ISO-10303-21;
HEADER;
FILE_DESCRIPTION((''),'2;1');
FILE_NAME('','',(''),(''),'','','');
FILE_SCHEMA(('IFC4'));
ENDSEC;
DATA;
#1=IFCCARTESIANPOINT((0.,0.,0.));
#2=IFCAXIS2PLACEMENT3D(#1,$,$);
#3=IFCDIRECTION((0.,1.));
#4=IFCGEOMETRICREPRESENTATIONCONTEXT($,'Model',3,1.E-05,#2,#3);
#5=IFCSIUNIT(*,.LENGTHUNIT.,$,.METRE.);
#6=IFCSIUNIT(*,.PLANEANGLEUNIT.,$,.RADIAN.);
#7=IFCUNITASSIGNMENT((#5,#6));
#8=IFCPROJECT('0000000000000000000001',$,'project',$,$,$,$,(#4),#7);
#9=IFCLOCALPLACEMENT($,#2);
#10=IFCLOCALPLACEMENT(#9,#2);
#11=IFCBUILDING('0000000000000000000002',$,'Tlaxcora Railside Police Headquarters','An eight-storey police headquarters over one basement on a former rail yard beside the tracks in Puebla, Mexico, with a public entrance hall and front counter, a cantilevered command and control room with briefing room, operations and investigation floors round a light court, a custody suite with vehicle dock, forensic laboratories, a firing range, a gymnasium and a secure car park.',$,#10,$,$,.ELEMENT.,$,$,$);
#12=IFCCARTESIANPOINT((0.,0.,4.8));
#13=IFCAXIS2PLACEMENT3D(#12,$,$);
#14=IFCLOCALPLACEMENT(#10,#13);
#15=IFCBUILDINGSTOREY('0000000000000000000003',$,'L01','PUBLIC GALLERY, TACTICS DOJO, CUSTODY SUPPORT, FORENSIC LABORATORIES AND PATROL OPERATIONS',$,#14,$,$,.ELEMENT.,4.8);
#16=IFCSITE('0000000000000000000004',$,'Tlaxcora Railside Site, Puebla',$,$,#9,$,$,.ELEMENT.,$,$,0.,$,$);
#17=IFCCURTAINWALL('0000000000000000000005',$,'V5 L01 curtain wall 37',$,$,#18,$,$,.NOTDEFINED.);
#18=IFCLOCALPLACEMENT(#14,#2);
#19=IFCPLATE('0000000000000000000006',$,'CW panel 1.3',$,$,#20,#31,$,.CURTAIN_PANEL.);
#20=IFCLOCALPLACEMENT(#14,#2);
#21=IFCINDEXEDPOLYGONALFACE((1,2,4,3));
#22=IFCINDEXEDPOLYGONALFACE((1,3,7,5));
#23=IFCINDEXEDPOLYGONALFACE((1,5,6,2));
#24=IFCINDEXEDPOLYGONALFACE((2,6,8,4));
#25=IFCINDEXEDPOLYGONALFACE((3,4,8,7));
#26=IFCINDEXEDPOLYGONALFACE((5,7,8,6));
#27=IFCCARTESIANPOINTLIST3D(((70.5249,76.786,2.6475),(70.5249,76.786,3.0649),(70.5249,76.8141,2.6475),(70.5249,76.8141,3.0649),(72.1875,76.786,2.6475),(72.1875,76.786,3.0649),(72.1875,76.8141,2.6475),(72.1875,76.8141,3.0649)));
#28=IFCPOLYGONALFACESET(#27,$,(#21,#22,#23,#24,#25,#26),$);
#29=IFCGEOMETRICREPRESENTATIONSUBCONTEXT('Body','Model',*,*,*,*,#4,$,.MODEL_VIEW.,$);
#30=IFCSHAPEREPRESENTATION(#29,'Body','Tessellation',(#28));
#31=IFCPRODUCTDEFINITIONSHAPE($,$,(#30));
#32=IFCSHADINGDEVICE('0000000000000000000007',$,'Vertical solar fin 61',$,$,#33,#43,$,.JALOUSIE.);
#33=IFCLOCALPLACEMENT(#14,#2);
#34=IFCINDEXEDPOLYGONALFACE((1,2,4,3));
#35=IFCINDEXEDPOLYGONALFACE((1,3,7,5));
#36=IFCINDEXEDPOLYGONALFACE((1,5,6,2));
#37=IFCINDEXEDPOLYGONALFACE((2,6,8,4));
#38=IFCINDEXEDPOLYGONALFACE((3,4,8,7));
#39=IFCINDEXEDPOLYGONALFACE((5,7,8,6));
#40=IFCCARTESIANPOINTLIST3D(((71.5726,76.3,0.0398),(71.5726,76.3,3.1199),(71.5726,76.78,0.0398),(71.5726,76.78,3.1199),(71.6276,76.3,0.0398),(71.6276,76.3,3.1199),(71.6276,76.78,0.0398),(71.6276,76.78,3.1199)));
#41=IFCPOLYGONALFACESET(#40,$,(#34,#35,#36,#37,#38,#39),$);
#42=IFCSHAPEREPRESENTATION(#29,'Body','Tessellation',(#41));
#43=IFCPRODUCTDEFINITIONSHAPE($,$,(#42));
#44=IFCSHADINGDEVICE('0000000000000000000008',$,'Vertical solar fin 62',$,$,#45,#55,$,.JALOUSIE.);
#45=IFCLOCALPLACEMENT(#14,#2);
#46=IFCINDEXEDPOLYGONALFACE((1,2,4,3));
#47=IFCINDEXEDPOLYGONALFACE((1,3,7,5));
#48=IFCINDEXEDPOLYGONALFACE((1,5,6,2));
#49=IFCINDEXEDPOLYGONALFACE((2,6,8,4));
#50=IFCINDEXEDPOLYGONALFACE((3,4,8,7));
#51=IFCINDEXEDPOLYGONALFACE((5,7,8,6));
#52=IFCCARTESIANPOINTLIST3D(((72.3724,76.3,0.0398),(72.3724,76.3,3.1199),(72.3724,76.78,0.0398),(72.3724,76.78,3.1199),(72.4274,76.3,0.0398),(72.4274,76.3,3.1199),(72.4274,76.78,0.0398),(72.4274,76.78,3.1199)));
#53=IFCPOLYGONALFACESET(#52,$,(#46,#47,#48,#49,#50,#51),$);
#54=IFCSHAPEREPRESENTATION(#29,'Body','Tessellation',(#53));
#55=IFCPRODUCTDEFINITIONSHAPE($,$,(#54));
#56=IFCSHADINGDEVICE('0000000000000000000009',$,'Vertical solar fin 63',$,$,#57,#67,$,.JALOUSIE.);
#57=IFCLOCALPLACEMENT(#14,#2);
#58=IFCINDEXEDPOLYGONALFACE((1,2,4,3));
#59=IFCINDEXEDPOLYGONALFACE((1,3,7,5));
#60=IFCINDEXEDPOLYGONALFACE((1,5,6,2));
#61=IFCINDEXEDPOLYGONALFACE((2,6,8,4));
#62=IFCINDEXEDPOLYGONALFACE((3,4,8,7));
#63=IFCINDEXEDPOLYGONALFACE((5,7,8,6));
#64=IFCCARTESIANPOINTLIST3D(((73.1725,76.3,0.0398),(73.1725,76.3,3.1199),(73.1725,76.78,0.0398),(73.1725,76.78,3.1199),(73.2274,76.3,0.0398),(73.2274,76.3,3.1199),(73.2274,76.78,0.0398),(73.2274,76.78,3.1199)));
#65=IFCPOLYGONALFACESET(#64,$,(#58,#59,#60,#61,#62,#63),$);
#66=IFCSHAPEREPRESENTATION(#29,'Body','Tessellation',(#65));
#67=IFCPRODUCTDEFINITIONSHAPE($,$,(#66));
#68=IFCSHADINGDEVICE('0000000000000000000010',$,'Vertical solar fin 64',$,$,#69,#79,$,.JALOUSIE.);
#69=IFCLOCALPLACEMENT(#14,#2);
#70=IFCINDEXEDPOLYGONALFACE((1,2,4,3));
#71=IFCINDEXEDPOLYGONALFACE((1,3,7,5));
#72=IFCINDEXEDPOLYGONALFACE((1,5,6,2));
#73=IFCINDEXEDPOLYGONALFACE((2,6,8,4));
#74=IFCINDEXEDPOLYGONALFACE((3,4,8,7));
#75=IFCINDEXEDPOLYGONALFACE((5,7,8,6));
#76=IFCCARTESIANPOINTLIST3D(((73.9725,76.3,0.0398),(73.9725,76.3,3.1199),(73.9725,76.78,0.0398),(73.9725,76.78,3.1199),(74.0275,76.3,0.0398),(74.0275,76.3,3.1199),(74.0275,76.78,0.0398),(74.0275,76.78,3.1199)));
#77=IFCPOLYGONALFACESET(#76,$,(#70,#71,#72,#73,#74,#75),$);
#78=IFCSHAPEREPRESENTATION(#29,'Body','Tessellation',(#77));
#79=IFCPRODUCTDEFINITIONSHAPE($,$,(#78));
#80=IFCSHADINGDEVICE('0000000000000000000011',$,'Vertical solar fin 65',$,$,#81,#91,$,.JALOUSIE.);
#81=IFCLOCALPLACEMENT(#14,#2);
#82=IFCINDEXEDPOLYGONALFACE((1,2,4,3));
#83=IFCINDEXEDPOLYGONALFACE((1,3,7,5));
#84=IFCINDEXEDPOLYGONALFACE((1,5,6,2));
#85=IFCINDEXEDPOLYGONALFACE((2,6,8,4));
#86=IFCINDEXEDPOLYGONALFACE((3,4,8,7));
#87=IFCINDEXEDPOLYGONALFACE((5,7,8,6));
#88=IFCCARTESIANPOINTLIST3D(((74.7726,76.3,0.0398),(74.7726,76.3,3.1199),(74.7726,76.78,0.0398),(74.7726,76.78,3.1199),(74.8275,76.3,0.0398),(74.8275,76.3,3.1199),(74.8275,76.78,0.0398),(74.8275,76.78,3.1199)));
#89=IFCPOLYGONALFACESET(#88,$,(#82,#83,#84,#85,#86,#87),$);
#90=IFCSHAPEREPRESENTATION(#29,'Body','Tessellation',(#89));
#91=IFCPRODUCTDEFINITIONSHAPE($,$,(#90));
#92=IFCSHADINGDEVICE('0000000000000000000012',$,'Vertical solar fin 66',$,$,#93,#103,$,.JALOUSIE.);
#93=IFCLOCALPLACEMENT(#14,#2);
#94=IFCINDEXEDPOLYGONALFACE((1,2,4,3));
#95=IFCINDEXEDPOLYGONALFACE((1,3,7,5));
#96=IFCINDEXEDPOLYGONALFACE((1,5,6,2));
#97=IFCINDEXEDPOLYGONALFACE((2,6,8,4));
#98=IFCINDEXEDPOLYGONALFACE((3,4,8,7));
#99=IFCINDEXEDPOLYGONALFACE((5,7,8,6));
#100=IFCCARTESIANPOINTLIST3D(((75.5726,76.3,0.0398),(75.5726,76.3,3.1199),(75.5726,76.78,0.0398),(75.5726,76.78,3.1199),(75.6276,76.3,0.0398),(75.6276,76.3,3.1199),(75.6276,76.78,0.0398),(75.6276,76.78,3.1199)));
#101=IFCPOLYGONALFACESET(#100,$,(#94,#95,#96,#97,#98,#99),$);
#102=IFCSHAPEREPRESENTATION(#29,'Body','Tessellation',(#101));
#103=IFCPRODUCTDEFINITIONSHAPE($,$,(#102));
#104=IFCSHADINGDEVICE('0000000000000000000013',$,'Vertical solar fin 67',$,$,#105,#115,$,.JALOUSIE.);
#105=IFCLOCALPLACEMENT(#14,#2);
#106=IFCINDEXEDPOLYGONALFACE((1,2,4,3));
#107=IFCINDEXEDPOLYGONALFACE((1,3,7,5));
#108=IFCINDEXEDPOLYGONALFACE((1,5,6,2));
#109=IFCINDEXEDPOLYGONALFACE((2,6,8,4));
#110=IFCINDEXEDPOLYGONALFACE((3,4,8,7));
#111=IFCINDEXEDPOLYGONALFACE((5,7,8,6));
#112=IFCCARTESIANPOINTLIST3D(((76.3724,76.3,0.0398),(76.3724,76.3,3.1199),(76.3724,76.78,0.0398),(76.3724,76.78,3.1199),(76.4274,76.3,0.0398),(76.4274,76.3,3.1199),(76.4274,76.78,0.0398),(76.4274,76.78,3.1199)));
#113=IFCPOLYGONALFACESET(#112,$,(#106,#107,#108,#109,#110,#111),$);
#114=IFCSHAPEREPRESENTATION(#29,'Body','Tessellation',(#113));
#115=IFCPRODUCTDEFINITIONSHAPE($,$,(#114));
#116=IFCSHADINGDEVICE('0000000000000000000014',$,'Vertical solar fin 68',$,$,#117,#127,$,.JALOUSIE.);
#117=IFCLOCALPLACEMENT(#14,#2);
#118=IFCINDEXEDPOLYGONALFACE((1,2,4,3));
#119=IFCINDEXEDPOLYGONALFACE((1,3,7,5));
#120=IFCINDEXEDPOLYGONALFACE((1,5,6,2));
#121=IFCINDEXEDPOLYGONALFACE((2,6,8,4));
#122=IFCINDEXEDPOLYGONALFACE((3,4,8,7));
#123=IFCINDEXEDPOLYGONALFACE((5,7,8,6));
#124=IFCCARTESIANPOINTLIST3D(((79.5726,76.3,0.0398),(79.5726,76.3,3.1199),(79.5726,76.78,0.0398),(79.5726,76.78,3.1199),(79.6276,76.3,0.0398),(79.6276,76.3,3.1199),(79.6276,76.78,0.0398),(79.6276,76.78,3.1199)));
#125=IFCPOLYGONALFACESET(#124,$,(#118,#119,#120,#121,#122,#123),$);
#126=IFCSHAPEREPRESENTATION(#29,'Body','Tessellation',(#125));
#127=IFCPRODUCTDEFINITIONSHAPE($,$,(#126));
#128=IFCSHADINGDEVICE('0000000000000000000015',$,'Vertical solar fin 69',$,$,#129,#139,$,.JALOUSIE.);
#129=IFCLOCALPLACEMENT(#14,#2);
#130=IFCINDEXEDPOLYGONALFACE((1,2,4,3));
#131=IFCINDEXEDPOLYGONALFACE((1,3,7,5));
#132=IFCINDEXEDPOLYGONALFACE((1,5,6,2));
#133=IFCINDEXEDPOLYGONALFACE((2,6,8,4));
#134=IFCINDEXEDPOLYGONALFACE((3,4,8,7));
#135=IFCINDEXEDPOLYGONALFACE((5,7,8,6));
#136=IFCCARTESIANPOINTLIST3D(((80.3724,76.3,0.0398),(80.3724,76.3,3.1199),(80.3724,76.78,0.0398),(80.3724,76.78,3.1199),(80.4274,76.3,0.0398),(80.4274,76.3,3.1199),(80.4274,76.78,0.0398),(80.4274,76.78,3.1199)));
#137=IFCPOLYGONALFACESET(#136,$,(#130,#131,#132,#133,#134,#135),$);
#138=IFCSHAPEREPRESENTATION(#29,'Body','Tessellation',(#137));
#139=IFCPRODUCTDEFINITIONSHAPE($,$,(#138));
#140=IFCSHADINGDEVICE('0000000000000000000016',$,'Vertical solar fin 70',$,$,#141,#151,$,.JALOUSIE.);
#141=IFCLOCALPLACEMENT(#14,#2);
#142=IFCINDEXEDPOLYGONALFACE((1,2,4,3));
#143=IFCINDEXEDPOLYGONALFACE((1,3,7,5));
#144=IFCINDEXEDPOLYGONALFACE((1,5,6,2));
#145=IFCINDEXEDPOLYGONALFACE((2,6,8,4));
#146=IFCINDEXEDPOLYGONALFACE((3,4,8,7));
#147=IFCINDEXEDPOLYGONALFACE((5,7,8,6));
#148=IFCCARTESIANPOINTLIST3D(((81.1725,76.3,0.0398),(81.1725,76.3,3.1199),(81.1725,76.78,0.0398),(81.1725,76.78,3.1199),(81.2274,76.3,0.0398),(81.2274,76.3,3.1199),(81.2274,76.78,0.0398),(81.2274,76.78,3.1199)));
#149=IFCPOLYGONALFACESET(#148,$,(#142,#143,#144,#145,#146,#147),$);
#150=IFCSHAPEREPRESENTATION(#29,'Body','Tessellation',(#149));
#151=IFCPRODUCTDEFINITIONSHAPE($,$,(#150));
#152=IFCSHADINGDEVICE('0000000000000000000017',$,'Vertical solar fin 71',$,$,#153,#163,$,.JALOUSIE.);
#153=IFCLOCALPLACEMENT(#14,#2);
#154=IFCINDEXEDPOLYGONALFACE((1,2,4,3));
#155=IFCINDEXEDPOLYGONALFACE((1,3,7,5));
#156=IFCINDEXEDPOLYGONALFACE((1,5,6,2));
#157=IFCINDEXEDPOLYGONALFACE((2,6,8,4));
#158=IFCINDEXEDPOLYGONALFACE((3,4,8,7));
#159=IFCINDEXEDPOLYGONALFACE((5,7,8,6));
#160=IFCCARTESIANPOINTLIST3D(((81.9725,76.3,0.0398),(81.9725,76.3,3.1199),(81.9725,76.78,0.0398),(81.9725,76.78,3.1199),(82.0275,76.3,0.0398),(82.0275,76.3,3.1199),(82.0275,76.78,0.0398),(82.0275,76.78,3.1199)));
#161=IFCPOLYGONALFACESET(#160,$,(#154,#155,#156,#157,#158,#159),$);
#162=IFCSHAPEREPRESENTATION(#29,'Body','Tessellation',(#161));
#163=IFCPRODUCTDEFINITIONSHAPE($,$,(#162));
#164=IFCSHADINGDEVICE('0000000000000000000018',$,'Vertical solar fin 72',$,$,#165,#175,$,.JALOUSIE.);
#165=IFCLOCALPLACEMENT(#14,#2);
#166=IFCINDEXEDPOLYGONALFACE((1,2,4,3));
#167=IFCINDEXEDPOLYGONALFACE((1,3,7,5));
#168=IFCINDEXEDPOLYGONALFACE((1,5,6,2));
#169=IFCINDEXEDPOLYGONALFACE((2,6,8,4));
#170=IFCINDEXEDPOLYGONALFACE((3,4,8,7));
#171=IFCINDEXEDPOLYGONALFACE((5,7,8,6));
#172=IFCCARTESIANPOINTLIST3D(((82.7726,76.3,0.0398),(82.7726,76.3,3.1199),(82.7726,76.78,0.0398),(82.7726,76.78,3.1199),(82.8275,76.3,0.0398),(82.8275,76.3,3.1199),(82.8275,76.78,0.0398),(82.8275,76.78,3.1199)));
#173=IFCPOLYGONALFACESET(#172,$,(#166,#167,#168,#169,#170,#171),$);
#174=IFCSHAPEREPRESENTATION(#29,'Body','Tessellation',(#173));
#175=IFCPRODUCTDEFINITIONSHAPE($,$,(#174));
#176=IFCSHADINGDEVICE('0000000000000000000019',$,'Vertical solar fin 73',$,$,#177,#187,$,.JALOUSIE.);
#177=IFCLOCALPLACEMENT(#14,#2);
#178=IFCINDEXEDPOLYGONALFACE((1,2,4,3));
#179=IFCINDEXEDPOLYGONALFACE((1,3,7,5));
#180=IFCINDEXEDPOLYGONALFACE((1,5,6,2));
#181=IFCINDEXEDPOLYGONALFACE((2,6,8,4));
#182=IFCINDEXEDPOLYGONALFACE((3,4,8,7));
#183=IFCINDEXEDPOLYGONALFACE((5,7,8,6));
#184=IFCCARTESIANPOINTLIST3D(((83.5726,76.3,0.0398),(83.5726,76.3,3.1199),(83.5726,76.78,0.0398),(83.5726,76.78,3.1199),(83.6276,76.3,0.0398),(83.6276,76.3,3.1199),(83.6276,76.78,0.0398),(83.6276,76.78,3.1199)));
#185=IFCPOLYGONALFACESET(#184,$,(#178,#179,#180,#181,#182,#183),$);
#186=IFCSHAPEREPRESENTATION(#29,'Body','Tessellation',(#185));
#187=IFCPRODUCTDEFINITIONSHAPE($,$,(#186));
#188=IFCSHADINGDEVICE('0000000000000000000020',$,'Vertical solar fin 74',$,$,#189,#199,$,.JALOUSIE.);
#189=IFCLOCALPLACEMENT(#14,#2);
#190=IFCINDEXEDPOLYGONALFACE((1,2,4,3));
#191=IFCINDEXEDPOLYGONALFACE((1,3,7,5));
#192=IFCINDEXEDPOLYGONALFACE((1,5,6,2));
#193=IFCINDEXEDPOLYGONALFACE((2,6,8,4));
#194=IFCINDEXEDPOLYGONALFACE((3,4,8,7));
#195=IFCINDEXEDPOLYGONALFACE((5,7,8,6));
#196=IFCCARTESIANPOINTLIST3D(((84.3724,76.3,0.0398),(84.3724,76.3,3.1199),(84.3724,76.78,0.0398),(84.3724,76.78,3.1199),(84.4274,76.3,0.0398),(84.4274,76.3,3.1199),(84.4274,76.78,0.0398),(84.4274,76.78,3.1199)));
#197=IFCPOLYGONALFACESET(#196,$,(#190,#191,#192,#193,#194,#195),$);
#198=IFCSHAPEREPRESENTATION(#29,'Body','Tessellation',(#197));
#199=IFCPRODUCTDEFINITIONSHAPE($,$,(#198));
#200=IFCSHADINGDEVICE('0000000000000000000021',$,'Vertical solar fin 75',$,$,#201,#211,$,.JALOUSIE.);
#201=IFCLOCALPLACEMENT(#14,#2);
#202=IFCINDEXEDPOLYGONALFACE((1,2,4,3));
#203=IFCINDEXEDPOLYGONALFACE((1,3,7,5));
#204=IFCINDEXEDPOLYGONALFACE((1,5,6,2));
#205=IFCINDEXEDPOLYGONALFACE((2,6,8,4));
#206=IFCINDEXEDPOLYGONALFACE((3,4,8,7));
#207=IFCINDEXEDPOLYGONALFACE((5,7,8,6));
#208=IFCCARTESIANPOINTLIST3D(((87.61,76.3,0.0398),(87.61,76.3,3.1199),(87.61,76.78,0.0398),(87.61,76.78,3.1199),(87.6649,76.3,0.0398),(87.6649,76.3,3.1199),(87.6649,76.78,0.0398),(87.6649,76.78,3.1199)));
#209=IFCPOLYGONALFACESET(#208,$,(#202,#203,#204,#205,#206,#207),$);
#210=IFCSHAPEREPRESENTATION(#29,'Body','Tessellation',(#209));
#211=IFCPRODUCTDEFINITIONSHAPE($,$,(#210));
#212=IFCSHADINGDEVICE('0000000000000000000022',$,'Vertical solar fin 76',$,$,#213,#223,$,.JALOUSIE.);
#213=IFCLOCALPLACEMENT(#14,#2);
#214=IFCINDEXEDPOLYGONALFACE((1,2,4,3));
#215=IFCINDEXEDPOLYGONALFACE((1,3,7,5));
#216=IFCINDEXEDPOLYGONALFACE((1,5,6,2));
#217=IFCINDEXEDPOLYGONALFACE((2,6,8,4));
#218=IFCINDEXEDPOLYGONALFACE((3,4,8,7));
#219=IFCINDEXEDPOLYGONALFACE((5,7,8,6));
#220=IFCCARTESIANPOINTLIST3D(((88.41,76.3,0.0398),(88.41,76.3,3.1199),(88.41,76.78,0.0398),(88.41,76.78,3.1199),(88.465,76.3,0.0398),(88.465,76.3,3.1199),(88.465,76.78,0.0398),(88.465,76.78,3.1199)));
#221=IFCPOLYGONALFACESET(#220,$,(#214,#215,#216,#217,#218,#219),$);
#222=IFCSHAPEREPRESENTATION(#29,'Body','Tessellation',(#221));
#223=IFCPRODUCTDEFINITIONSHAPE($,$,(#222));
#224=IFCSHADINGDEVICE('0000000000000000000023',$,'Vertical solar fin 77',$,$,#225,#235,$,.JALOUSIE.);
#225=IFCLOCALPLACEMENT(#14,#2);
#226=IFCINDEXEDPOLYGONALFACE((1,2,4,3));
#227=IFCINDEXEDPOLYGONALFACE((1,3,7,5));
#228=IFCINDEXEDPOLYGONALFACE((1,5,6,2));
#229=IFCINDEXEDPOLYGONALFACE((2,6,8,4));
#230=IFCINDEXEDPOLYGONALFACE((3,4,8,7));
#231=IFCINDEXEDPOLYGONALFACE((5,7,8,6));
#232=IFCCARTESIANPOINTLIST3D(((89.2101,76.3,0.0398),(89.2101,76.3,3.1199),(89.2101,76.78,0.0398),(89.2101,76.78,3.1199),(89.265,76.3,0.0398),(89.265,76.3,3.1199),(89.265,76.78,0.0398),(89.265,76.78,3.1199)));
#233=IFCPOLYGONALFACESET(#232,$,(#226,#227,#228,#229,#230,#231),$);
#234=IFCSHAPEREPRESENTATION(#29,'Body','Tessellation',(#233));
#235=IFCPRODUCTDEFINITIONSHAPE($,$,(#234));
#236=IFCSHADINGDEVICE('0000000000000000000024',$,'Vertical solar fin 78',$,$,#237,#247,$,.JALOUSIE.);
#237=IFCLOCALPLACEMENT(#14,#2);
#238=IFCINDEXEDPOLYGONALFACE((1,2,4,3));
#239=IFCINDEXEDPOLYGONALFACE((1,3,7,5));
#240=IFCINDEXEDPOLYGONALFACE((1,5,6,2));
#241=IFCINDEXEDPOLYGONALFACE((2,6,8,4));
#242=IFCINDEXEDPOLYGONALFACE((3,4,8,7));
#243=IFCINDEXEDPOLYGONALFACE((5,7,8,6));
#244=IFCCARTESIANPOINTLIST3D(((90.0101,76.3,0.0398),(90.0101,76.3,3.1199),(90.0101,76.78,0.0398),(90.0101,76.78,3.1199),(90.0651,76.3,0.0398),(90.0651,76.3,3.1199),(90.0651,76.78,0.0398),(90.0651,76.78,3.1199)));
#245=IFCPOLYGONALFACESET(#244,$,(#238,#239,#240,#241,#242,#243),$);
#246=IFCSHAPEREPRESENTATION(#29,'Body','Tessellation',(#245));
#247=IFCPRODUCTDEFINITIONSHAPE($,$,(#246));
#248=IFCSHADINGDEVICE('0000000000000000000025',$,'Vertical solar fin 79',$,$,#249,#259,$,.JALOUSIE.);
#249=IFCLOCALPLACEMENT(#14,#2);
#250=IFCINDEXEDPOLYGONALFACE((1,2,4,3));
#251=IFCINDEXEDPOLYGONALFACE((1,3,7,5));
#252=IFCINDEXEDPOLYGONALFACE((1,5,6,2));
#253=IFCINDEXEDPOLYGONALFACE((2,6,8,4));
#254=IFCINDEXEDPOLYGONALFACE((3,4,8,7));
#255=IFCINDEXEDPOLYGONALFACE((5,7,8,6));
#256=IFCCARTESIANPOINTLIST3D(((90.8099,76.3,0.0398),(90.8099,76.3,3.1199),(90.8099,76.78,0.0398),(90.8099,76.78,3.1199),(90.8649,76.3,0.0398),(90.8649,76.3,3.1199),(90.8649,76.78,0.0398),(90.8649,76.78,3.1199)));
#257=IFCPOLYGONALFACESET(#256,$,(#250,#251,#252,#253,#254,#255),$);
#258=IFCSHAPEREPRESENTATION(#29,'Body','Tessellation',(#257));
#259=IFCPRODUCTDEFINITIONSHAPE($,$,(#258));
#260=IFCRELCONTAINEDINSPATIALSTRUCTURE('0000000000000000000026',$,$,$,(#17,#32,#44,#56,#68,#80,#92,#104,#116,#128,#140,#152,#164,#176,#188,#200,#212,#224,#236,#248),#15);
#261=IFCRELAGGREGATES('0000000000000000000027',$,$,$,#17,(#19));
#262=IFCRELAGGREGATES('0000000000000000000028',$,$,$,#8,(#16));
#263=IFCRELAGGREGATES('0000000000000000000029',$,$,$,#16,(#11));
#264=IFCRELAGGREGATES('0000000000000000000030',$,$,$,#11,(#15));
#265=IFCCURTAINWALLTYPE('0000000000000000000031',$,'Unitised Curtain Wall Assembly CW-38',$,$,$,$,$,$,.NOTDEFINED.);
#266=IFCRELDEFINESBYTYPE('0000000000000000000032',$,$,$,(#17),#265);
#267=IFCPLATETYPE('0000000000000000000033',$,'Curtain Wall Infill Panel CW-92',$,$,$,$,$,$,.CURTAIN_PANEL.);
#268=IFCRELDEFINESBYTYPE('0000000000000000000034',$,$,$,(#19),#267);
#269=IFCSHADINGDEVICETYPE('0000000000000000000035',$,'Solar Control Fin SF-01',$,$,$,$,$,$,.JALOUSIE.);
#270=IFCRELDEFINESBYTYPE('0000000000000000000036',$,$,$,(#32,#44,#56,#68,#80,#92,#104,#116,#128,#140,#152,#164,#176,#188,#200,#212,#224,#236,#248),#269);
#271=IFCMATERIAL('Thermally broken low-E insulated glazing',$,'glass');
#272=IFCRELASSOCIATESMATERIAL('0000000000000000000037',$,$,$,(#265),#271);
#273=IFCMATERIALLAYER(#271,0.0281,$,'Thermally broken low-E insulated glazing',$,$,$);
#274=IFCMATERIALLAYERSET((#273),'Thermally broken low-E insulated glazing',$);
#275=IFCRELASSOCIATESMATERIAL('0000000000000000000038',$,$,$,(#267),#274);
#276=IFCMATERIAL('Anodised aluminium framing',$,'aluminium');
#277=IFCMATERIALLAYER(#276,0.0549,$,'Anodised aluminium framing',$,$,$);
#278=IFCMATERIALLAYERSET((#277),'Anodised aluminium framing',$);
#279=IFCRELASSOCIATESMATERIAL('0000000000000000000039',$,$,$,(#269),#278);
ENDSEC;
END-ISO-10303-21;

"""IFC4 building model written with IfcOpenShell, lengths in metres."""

from ifc_helpers import new_model, si_unit, direction, frame, origin, origin_2d, place, context, subcontext, project, spatial, rectangle, extrude, material, layer, layer_set, type_object, element, aggregate, save


model = new_model("IFC4")

# Units and contexts
model_context = context("Model", 3, precision=1e-05, world=origin(), true_north=direction((0.0, 1.0)))
body_context = subcontext(model_context, "Body", "Model", "MODEL_VIEW")
ifc_project = project(units=[si_unit("LENGTHUNIT", "METRE"), si_unit("PLANEANGLEUNIT", "RADIAN")], contexts=[model_context])

# Site, building, storey
site_placement = place(None, origin())
site = spatial("IfcSite", under=ifc_project, at=site_placement, Name="Tlaxcora Railside Site, Puebla", CompositionType="ELEMENT", RefElevation=0.0)
building_placement = place(site_placement, origin())
building = spatial("IfcBuilding", under=site, at=building_placement, Name="Tlaxcora Railside Police Headquarters", Description="An eight-storey police headquarters over one basement on a former rail yard beside the tracks in Puebla, Mexico, with a public entrance hall and front counter, a cantilevered command and control room with briefing room, operations and investigation floors round a light court, a custody suite with vehicle dock, forensic laboratories, a firing range, a gymnasium and a secure car park.", CompositionType="ELEMENT")
storey_placement = place(building_placement, frame((0.0, 0.0, 4.8)))
storey = spatial("IfcBuildingStorey", under=building, at=storey_placement, Name="L01", Description="PUBLIC GALLERY, TACTICS DOJO, CUSTODY SUPPORT, FORENSIC LABORATORIES AND PATROL OPERATIONS", CompositionType="ELEMENT", Elevation=4.8)

# Curtain wall, plate
ifc_material_1 = material(Name="Thermally broken low-E insulated glazing", Category="glass")
curtain_wall_type = type_object("IfcCurtainWallType", Name="Unitised Curtain Wall Assembly CW-38", PredefinedType="NOTDEFINED", material=ifc_material_1)
curtain_wall_placement = place(storey_placement, origin())
curtain_wall = element("IfcCurtainWall", 1, at=curtain_wall_placement, inside=storey, type_object=curtain_wall_type, Name="V5 L01 curtain wall 37", PredefinedType="NOTDEFINED")
ifc_layer_1 = layer(ifc_material_1, 0.0281, Name="Thermally broken low-E insulated glazing")
ifc_layer_set_1 = layer_set([ifc_layer_1], Name="Thermally broken low-E insulated glazing")
plate_type = type_object("IfcPlateType", Name="Curtain Wall Infill Panel CW-92", PredefinedType="CURTAIN_PANEL", material=ifc_layer_set_1)
plate_placement = place(storey_placement, frame((71.3562, 76.8, 2.6475), z_axis=(0.0, 0.0, 1.0), x_axis=(1.0, 0.0, 0.0)))
plate = element("IfcPlate", 2, at=plate_placement, type_object=plate_type, Name="CW panel 1.3", PredefinedType="CURTAIN_PANEL", context=body_context, shape_type="SweptSolid", body=[
    extrude(rectangle(XDim=1.6626, YDim=0.0281, at=origin_2d()), origin(), (0.0, 0.0, 1.0), 0.4175),
])
aggregate(curtain_wall, [plate])

# Shading devices
ifc_material_2 = material(Name="Anodised aluminium framing", Category="aluminium")
ifc_layer_2 = layer(ifc_material_2, 0.0549, Name="Anodised aluminium framing")
ifc_layer_set_2 = layer_set([ifc_layer_2], Name="Anodised aluminium framing")
shading_device_type = type_object("IfcShadingDeviceType", Name="Solar Control Fin SF-01", PredefinedType="JALOUSIE", material=ifc_layer_set_2)
for number, where, z_axis, x_axis, name in (
    (3, (71.6001, 76.54, 0.0398), (0.0, 0.0, 1.0), (0.0, -1.0, 0.0), "Vertical solar fin 61"),
    (4, (72.3999, 76.54, 0.0398), (0.0, 0.0, 1.0), (0.0, -1.0, 0.0), "Vertical solar fin 62"),
    (5, (73.2, 76.54, 0.0398), (0.0, 0.0, 1.0), (0.0, -1.0, 0.0), "Vertical solar fin 63"),
    (6, (74.0, 76.54, 0.0398), (0.0, 0.0, 1.0), (0.0, -1.0, 0.0), "Vertical solar fin 64"),
    (7, (74.8, 76.54, 0.0398), (0.0, 0.0, 1.0), (0.0, -1.0, 0.0), "Vertical solar fin 65"),
    (8, (75.6001, 76.54, 0.0398), (0.0, 0.0, 1.0), (0.0, -1.0, 0.0), "Vertical solar fin 66"),
    (9, (76.3999, 76.54, 0.0398), (0.0, 0.0, 1.0), (0.0, -1.0, 0.0), "Vertical solar fin 67"),
    (10, (79.6001, 76.54, 0.0398), (0.0, 0.0, 1.0), (0.0, -1.0, 0.0), "Vertical solar fin 68"),
    (11, (80.3999, 76.54, 0.0398), (0.0, 0.0, 1.0), (0.0, -1.0, 0.0), "Vertical solar fin 69"),
    (12, (81.2, 76.54, 0.0398), (0.0, 0.0, 1.0), (0.0, -1.0, 0.0), "Vertical solar fin 70"),
    (13, (82.0, 76.54, 0.0398), (0.0, 0.0, 1.0), (0.0, -1.0, 0.0), "Vertical solar fin 71"),
    (14, (82.8, 76.54, 0.0398), (0.0, 0.0, 1.0), (0.0, -1.0, 0.0), "Vertical solar fin 72"),
    (15, (83.6001, 76.54, 0.0398), (0.0, 0.0, 1.0), (0.0, -1.0, 0.0), "Vertical solar fin 73"),
    (16, (84.3999, 76.54, 0.0398), (0.0, 0.0, 1.0), (0.0, -1.0, 0.0), "Vertical solar fin 74"),
    (17, (87.6375, 76.54, 0.0398), (0.0, 0.0, 1.0), (0.0, -1.0, 0.0), "Vertical solar fin 75"),
    (18, (88.4375, 76.54, 0.0398), (0.0, 0.0, 1.0), (0.0, -1.0, 0.0), "Vertical solar fin 76"),
    (19, (89.2375, 76.54, 0.0398), (0.0, 0.0, 1.0), (0.0, -1.0, 0.0), "Vertical solar fin 77"),
    (20, (90.0376, 76.54, 0.0398), (0.0, 0.0, 1.0), (0.0, -1.0, 0.0), "Vertical solar fin 78"),
    (21, (90.8374, 76.54, 0.0398), (0.0, 0.0, 1.0), (0.0, -1.0, 0.0), "Vertical solar fin 79"),
):
    element("IfcShadingDevice", number, at=place(storey_placement, frame(where, z_axis=z_axis, x_axis=x_axis)), inside=storey, type_object=shading_device_type, Name=name, PredefinedType="JALOUSIE", context=body_context, shape_type="SweptSolid", body=[
        extrude(rectangle(XDim=0.48, YDim=0.0549, at=origin_2d()), origin(), (0.0, 0.0, 1.0), 3.0801),
    ])

save(model, "model.ifc")
